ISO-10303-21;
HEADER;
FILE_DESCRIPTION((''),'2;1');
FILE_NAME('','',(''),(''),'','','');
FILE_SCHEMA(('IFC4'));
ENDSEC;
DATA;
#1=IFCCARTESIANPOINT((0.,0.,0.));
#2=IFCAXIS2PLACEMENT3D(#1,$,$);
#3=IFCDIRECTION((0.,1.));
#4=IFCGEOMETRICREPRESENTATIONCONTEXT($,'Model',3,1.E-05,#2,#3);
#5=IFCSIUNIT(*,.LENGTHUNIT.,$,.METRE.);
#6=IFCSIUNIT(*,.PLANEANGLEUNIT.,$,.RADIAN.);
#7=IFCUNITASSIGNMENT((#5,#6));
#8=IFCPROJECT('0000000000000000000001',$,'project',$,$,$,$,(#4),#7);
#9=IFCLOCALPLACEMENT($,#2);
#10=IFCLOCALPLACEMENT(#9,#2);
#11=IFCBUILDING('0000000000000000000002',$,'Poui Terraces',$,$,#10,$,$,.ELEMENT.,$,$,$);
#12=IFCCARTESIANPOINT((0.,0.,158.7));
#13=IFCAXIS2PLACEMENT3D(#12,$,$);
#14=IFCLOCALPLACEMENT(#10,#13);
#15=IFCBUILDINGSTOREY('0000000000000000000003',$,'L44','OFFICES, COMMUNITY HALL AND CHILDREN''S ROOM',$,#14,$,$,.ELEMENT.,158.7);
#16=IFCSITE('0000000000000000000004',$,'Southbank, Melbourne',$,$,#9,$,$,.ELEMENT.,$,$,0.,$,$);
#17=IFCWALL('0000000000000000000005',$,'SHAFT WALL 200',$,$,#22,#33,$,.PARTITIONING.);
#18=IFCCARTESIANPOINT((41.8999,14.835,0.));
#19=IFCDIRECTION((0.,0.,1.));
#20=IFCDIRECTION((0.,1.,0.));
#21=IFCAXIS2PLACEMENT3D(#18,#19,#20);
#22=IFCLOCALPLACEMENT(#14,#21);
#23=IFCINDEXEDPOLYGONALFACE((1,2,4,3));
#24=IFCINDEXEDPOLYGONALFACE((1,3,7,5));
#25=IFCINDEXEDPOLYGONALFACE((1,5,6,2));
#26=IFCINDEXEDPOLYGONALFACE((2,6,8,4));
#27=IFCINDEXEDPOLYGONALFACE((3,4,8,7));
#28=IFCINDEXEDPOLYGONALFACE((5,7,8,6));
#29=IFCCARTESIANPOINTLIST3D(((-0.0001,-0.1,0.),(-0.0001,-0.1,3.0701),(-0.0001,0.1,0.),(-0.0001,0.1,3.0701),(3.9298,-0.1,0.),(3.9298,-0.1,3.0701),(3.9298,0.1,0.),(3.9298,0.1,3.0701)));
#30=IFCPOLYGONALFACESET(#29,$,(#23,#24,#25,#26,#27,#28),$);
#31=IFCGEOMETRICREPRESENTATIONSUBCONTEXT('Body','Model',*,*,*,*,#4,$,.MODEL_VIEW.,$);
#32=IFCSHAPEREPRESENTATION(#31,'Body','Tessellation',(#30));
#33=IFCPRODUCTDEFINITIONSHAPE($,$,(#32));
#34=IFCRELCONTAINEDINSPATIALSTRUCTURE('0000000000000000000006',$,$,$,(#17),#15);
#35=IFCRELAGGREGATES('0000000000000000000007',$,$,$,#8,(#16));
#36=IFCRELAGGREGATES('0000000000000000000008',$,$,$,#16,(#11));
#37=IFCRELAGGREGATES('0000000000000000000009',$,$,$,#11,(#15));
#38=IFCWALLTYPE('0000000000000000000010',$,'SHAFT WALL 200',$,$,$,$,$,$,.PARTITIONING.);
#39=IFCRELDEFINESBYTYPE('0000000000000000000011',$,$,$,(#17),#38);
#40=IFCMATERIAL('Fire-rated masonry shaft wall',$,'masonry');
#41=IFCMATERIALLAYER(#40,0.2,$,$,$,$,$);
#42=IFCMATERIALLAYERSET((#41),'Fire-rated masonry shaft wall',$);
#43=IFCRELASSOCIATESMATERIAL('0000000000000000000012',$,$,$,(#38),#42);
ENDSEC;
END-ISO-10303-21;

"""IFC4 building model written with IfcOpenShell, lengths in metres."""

from ifc_helpers import new_model, si_unit, direction, frame, frame_2d, origin, place, context, subcontext, project, spatial, rectangle, extrude, material, layer, layer_set, type_object, element, save


model = new_model("IFC4")

# Units and contexts
model_context = context("Model", 3, precision=1e-05, world=origin(), true_north=direction((0.0, 1.0)))
body_context = subcontext(model_context, "Body", "Model", "MODEL_VIEW")
ifc_project = project(units=[si_unit("LENGTHUNIT", "METRE"), si_unit("PLANEANGLEUNIT", "RADIAN")], contexts=[model_context])

# Site, building, storey
site_placement = place(None, origin())
site = spatial("IfcSite", under=ifc_project, at=site_placement, Name="Southbank, Melbourne", CompositionType="ELEMENT", RefElevation=0.0)
building_placement = place(site_placement, origin())
building = spatial("IfcBuilding", under=site, at=building_placement, Name="Poui Terraces", CompositionType="ELEMENT")
storey_placement = place(building_placement, frame((0.0, 0.0, 158.7)))
storey = spatial("IfcBuildingStorey", under=building, at=storey_placement, Name="L44", Description="OFFICES, COMMUNITY HALL AND CHILDREN'S ROOM", CompositionType="ELEMENT", Elevation=158.7)

# Shared definitions
ifc_material_1 = material(Name="Fire-rated masonry shaft wall", Category="masonry")
ifc_layer_1 = layer(ifc_material_1, 0.2)
ifc_layer_set_1 = layer_set([ifc_layer_1], Name="Fire-rated masonry shaft wall")
wall_type_1 = type_object("IfcWallType", Name="SHAFT WALL 200", PredefinedType="PARTITIONING", material=ifc_layer_set_1)

# Wall
wall_1_placement = place(storey_placement, frame((41.8999, 14.835, 0.0), z_axis=(0.0, 0.0, 1.0), x_axis=(0.0, 1.0, 0.0)))
element("IfcWall", 1, at=wall_1_placement, inside=storey, type_object=wall_type_1, Name="SHAFT WALL 200", PredefinedType="PARTITIONING", context=body_context, shape_type="SweptSolid", body=[
    extrude(rectangle(XDim=3.9299, YDim=0.2, at=frame_2d((1.9648, 0.0))), origin(), (0.0, 0.0, 1.0), 3.0701),
])

save(model, "model.ifc")
